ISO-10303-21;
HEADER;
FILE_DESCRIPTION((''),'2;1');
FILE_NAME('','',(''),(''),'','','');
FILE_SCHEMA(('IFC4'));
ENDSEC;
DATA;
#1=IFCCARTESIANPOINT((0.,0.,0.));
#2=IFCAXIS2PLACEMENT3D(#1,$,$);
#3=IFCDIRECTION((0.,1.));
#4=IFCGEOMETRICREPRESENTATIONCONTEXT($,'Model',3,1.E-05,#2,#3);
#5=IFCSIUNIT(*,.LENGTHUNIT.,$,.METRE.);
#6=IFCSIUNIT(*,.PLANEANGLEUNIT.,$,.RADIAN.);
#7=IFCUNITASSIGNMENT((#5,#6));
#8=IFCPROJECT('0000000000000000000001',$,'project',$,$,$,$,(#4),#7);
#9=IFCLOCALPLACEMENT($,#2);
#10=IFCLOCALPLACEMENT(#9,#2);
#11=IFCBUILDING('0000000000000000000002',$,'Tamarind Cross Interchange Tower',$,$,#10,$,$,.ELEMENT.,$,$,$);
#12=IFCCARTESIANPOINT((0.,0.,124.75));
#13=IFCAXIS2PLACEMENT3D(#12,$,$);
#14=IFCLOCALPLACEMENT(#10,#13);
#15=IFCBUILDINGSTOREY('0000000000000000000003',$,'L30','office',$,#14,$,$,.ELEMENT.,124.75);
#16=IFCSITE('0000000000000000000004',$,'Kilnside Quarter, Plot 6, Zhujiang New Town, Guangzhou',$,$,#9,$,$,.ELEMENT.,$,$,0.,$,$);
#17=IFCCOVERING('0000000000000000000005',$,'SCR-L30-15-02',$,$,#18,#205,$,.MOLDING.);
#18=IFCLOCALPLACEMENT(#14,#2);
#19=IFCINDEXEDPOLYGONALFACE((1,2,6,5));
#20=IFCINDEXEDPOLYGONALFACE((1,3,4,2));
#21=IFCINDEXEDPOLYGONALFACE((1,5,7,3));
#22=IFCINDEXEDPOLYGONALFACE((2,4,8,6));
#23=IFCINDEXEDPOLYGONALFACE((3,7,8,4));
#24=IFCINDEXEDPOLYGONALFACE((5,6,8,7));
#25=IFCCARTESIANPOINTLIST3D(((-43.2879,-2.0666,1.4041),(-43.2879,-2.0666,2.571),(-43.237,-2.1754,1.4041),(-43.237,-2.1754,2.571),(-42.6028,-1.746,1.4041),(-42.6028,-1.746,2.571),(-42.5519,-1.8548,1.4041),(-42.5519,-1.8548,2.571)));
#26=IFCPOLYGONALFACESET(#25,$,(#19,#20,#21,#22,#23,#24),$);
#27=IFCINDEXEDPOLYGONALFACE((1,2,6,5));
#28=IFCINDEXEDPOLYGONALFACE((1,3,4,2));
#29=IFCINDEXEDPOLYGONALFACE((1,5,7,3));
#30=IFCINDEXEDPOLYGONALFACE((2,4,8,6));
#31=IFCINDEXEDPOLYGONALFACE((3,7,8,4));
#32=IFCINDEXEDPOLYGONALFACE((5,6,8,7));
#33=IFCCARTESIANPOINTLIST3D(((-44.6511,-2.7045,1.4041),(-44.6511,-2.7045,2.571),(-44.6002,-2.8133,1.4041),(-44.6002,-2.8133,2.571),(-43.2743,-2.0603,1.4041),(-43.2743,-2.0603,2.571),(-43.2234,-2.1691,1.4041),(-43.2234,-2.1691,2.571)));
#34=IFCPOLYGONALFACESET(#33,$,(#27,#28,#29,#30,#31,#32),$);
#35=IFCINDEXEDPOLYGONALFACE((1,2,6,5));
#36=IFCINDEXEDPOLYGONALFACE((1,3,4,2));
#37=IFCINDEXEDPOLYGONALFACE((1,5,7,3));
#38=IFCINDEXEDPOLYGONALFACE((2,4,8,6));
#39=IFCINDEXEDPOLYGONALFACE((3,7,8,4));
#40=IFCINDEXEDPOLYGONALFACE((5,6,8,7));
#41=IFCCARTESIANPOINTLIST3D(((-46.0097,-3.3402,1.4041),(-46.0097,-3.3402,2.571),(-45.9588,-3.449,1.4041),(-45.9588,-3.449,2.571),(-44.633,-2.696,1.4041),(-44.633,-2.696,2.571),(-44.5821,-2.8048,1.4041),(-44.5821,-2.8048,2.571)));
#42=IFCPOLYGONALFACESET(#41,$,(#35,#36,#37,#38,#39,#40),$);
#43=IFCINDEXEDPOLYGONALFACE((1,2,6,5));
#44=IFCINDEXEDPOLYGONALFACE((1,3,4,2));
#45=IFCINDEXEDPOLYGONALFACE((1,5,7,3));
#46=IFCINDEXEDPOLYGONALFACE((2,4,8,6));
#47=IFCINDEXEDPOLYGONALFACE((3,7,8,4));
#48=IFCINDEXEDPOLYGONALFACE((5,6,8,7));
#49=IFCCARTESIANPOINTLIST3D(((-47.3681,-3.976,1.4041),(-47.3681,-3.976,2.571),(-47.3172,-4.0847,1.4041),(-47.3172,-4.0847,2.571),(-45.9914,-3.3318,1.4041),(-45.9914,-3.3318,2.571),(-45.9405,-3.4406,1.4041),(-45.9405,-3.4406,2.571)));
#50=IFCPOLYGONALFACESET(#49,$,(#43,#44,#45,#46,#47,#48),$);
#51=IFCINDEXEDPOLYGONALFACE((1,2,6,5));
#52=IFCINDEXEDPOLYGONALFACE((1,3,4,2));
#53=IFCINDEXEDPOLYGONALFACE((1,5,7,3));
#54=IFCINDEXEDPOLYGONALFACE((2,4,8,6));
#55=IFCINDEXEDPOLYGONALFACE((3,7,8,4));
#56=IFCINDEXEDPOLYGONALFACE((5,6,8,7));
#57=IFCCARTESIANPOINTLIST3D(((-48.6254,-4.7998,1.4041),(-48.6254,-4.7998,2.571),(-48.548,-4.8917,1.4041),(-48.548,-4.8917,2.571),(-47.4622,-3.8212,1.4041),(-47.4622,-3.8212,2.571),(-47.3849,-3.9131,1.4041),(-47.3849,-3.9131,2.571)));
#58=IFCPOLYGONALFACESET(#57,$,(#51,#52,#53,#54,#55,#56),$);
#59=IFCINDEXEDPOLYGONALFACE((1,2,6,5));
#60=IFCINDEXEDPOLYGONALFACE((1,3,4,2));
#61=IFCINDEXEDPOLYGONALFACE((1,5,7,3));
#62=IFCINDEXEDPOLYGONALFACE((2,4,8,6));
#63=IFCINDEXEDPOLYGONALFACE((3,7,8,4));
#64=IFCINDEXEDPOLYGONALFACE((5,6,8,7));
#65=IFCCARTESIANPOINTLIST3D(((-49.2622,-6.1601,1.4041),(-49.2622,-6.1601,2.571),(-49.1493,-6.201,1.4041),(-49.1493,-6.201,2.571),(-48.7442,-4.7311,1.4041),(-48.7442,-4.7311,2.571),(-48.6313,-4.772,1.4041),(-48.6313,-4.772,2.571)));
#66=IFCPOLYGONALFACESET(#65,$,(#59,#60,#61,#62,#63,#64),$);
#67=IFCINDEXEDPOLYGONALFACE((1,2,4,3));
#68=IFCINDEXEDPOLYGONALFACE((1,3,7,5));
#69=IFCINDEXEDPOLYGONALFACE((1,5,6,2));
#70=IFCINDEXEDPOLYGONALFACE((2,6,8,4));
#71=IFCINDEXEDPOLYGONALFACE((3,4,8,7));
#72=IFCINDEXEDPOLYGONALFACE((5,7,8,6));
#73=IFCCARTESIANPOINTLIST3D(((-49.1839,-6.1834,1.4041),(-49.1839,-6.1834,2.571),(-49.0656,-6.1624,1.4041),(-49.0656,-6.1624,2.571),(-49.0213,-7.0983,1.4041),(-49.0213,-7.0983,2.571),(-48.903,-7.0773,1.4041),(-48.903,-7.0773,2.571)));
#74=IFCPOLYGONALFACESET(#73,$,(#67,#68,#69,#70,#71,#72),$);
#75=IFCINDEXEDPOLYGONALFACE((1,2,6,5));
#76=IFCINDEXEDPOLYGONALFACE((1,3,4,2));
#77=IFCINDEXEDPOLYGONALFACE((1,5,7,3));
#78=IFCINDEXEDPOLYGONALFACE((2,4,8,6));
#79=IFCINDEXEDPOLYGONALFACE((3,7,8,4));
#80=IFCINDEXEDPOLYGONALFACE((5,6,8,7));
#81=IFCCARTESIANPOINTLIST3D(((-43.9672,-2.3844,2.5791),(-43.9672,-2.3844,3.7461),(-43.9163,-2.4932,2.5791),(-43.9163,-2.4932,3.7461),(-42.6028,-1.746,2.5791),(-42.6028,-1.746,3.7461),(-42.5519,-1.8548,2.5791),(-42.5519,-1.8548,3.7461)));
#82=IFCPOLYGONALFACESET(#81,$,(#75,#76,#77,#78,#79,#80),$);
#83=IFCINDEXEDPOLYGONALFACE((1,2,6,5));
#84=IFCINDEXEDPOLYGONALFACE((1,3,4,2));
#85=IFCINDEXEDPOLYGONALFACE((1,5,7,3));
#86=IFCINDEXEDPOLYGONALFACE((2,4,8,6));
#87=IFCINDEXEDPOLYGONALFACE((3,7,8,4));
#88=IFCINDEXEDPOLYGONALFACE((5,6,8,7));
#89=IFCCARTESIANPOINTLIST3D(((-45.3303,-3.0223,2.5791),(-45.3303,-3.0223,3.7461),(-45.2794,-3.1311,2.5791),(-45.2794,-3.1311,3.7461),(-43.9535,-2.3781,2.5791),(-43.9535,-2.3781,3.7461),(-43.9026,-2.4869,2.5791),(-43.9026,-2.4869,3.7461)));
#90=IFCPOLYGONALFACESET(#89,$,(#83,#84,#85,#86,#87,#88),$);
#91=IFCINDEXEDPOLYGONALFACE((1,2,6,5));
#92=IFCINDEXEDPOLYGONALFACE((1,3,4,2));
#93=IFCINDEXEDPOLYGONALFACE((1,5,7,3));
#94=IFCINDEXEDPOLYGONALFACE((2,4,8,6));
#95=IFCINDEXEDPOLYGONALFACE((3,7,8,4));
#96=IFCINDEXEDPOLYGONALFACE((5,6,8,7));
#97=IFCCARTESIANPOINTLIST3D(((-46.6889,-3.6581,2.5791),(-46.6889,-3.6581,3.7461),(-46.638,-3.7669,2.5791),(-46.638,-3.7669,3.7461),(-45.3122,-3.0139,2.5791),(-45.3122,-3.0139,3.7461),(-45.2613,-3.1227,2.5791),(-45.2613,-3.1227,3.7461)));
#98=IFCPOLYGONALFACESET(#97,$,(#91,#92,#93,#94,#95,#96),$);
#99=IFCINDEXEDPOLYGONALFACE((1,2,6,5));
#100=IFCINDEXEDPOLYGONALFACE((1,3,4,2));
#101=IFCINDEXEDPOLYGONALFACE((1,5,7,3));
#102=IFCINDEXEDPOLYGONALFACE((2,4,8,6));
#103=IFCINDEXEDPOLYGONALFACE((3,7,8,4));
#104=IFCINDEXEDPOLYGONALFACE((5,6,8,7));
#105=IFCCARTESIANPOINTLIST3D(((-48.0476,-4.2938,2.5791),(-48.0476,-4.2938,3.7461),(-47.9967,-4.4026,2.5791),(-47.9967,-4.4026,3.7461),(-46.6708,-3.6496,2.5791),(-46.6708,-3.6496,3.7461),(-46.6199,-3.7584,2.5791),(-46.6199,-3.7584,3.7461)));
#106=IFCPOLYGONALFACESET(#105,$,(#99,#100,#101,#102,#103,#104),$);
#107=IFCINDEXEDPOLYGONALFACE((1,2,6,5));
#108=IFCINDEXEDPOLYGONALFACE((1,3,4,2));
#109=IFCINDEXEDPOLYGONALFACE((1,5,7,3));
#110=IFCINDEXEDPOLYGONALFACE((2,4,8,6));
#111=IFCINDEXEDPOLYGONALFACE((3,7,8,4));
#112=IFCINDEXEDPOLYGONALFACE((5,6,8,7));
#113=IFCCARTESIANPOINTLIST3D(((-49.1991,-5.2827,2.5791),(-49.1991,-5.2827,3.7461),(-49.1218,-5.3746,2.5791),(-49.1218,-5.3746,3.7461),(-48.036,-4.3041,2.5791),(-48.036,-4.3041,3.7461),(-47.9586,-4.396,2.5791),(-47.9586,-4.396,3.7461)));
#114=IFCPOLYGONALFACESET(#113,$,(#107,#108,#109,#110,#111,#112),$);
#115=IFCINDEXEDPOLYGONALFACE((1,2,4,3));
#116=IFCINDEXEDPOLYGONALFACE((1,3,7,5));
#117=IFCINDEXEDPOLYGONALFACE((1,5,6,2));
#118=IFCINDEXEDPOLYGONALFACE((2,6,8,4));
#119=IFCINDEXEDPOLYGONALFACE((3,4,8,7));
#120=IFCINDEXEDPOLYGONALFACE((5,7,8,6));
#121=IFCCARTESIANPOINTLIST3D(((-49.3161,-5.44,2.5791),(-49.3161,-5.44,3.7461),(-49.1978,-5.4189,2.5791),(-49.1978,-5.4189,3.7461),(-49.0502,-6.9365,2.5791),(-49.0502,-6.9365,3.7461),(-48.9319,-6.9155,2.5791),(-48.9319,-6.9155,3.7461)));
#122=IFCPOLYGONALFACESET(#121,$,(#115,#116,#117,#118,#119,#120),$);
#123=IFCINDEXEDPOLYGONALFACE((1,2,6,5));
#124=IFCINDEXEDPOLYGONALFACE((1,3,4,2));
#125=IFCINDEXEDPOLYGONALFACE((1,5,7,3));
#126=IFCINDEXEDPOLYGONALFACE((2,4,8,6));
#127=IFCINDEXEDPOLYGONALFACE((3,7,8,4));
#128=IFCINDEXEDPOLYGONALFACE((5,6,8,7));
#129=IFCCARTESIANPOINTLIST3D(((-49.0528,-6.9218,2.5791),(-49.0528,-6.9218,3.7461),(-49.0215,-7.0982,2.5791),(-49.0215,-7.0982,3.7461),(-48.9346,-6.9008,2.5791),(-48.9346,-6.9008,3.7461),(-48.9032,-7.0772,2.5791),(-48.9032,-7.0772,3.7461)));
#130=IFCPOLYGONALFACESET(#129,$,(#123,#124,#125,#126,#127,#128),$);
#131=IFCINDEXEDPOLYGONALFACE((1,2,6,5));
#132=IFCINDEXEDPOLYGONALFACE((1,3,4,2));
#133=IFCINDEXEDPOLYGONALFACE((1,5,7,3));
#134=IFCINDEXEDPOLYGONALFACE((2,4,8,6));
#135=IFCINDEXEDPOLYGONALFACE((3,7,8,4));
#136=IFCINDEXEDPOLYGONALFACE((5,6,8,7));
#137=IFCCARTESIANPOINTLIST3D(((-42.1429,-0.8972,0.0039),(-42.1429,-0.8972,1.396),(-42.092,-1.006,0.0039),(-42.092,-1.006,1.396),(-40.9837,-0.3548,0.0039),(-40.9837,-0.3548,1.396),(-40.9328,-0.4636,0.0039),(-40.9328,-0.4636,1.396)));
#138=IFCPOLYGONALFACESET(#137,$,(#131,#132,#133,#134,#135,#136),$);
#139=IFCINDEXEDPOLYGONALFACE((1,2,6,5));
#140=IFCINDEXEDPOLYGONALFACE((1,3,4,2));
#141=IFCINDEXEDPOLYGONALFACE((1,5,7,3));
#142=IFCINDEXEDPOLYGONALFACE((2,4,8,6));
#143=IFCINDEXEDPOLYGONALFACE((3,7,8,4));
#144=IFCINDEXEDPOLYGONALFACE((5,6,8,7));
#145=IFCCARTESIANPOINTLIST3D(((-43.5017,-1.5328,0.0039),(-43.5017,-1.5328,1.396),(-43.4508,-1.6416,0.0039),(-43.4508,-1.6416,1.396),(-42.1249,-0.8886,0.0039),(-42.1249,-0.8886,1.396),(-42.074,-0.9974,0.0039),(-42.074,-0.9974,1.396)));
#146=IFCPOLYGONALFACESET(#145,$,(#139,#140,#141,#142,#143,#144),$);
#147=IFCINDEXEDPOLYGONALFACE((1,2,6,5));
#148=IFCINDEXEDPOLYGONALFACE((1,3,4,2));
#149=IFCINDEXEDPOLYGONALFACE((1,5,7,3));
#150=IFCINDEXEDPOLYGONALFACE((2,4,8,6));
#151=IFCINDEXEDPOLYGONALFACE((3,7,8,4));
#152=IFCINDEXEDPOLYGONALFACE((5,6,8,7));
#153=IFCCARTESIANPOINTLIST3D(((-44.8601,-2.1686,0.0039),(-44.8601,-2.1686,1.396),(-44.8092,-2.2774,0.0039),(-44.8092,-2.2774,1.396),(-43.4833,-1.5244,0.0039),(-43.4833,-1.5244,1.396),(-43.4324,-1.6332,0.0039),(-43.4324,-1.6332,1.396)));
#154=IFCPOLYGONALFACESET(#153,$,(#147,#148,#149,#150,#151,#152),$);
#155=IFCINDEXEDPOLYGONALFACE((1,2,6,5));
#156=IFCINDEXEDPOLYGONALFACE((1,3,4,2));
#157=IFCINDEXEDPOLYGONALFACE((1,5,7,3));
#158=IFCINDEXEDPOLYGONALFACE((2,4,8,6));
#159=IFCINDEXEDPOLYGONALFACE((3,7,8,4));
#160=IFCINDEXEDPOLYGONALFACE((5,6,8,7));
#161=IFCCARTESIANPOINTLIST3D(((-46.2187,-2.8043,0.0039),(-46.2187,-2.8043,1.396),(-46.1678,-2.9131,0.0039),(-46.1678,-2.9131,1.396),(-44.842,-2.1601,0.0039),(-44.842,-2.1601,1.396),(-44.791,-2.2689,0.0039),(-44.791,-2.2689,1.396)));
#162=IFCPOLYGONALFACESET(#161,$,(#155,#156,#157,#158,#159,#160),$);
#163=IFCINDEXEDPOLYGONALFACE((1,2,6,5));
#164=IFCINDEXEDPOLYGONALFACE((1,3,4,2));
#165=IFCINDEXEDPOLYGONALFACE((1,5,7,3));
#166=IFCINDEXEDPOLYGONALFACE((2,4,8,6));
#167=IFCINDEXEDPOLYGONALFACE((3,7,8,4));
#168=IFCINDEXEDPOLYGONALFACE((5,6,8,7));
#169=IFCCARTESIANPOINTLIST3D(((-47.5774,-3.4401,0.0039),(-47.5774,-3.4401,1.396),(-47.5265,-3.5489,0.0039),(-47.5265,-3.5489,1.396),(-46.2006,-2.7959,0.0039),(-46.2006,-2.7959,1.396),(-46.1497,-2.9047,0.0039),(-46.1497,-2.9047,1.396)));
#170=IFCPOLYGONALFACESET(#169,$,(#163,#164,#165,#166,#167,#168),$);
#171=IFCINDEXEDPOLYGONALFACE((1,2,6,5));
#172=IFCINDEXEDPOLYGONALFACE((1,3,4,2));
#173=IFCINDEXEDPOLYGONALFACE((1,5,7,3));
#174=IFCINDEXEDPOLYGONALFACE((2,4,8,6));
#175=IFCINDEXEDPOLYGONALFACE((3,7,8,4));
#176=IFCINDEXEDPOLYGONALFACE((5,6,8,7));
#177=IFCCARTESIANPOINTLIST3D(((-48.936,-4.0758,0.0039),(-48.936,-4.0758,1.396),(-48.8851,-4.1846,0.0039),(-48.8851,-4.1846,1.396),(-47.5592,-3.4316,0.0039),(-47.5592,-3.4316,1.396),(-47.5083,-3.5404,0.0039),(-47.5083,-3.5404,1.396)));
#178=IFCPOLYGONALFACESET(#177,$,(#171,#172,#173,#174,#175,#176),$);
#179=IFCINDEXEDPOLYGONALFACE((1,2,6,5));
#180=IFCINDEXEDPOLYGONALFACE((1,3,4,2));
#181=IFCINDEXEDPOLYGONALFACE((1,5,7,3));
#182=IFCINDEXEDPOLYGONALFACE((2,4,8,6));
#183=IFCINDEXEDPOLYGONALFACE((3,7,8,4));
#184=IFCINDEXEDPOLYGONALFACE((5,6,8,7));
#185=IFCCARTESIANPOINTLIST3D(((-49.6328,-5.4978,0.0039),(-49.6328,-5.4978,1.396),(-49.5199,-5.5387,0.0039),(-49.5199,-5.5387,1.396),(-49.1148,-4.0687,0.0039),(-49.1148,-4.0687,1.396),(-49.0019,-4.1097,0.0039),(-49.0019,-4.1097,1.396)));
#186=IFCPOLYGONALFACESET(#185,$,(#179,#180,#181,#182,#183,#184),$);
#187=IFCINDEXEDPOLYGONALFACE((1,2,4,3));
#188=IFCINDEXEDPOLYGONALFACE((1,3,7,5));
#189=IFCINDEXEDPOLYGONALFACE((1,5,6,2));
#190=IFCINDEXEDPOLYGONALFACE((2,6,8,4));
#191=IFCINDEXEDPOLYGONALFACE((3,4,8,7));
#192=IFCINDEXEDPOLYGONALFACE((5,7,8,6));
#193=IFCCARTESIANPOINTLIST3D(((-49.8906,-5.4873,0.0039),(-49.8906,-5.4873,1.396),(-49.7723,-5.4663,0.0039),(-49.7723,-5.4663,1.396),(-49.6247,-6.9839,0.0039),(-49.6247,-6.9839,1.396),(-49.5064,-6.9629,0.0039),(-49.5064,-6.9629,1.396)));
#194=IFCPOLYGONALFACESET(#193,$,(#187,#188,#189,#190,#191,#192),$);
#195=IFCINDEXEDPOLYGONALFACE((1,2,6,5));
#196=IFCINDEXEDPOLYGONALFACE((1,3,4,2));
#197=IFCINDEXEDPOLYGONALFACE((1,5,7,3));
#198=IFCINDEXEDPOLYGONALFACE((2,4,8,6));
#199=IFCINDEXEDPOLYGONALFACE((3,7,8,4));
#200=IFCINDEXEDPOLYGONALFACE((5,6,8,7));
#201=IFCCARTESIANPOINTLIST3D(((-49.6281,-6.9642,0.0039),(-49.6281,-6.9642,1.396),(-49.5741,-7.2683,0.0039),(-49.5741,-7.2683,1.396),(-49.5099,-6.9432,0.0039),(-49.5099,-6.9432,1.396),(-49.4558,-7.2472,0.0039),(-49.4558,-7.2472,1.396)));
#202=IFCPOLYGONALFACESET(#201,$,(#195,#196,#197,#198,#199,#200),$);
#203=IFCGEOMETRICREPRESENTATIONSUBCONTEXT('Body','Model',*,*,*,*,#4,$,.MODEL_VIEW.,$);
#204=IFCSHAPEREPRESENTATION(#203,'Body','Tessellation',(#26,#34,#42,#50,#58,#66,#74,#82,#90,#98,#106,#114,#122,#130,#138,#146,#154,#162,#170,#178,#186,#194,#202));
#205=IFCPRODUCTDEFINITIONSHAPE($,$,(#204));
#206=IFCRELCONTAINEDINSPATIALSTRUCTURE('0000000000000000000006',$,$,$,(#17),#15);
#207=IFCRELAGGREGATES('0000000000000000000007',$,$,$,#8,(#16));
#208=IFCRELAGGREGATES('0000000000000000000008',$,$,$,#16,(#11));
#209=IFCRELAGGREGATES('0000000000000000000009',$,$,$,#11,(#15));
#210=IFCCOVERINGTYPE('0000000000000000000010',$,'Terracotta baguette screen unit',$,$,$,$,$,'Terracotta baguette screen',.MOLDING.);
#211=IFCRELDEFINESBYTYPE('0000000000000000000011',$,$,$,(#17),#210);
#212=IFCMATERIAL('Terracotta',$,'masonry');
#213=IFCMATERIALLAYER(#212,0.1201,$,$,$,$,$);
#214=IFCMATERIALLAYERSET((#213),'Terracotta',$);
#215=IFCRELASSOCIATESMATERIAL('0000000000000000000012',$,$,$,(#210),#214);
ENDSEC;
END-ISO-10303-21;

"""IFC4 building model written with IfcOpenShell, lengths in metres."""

from ifc_helpers import new_model, si_unit, direction, frame, origin, origin_2d, place, context, subcontext, project, spatial, rectangle, extrude, material, layer, layer_set, type_object, element, save


model = new_model("IFC4")

# Units and contexts
model_context = context("Model", 3, precision=1e-05, world=origin(), true_north=direction((0.0, 1.0)))
body_context = subcontext(model_context, "Body", "Model", "MODEL_VIEW")
ifc_project = project(units=[si_unit("LENGTHUNIT", "METRE"), si_unit("PLANEANGLEUNIT", "RADIAN")], contexts=[model_context])

# Site, building, storey
site_placement = place(None, origin())
site = spatial("IfcSite", under=ifc_project, at=site_placement, Name="Kilnside Quarter, Plot 6, Zhujiang New Town, Guangzhou", CompositionType="ELEMENT", RefElevation=0.0)
building_placement = place(site_placement, origin())
building = spatial("IfcBuilding", under=site, at=building_placement, Name="Tamarind Cross Interchange Tower", CompositionType="ELEMENT")
storey_placement = place(building_placement, frame((0.0, 0.0, 124.75)))
storey = spatial("IfcBuildingStorey", under=building, at=storey_placement, Name="L30", Description="office", CompositionType="ELEMENT", Elevation=124.75)

# Covering
ifc_material_1 = material(Name="Terracotta", Category="masonry")
ifc_layer_1 = layer(ifc_material_1, 0.1201)
ifc_layer_set_1 = layer_set([ifc_layer_1], Name="Terracotta")
covering_type = type_object("IfcCoveringType", Name="Terracotta baguette screen unit", ElementType="Terracotta baguette screen", PredefinedType="MOLDING", material=ifc_layer_set_1)
covering_1_placement = place(storey_placement, origin())
element("IfcCovering", 1, at=covering_1_placement, inside=storey, type_object=covering_type, Name="SCR-L30-15-02", PredefinedType="MOLDING", context=body_context, shape_type="SweptSolid", body=[
    extrude(rectangle(XDim=0.7563, YDim=0.1201, at=origin_2d()), frame((-42.9199, -1.9607, 1.4041), z_axis=(0.0, 0.0, 1.0), x_axis=(-0.905752, -0.423807, 0.0)), (0.0, 0.0, 1.0), 1.167),
    extrude(rectangle(XDim=1.52, YDim=0.1201, at=origin_2d()), frame((-43.9373, -2.4368, 1.4041), z_axis=(0.0, 0.0, 1.0), x_axis=(-0.905752, -0.423807, 0.0)), (0.0, 0.0, 1.0), 1.167),
    extrude(rectangle(XDim=1.52, YDim=0.1201, at=origin_2d()), frame((-45.2959, -3.0725, 1.4041), z_axis=(0.0, 0.0, 1.0), x_axis=(-0.905752, -0.423807, 0.0)), (0.0, 0.0, 1.0), 1.167),
    extrude(rectangle(XDim=1.52, YDim=0.1201, at=origin_2d()), frame((-46.6543, -3.7083, 1.4041), z_axis=(0.0, 0.0, 1.0), x_axis=(-0.905752, -0.423807, 0.0)), (0.0, 0.0, 1.0), 1.167),
    extrude(rectangle(XDim=1.52, YDim=0.1201, at=origin_2d()), frame((-48.0051, -4.3564, 1.4041), z_axis=(0.0, 0.0, 1.0), x_axis=(-0.7652, -0.643792, 0.0)), (0.0, 0.0, 1.0), 1.167),
    extrude(rectangle(XDim=1.52, YDim=0.1201, at=origin_2d()), frame((-48.9468, -5.4661, 1.4041), z_axis=(0.0, 0.0, 1.0), x_axis=(-0.340787, -0.940141, 0.0)), (0.0, 0.0, 1.0), 1.167),
    extrude(rectangle(XDim=0.9292, YDim=0.1201, at=origin_2d()), frame((-49.0435, -6.6304, 1.4041), z_axis=(0.0, 0.0, 1.0), x_axis=(0.174941, -0.984579, 0.0)), (0.0, 0.0, 1.0), 1.167),
    extrude(rectangle(XDim=1.5063, YDim=0.1201, at=origin_2d()), frame((-43.2595, -2.1196, 2.5791), z_axis=(0.0, 0.0, 1.0), x_axis=(-0.905752, -0.423807, 0.0)), (0.0, 0.0, 1.0), 1.167),
    extrude(rectangle(XDim=1.52, YDim=0.1201, at=origin_2d()), frame((-44.6165, -2.7546, 2.5791), z_axis=(0.0, 0.0, 1.0), x_axis=(-0.905752, -0.423807, 0.0)), (0.0, 0.0, 1.0), 1.167),
    extrude(rectangle(XDim=1.52, YDim=0.1201, at=origin_2d()), frame((-45.9751, -3.3904, 2.5791), z_axis=(0.0, 0.0, 1.0), x_axis=(-0.905752, -0.423807, 0.0)), (0.0, 0.0, 1.0), 1.167),
    extrude(rectangle(XDim=1.52, YDim=0.1201, at=origin_2d()), frame((-47.3337, -4.0261, 2.5791), z_axis=(0.0, 0.0, 1.0), x_axis=(-0.905752, -0.423807, 0.0)), (0.0, 0.0, 1.0), 1.167),
    extrude(rectangle(XDim=1.52, YDim=0.1201, at=origin_2d()), frame((-48.5789, -4.8394, 2.5791), z_axis=(0.0, 0.0, 1.0), x_axis=(-0.7652, -0.643792, 0.0)), (0.0, 0.0, 1.0), 1.167),
    extrude(rectangle(XDim=1.52, YDim=0.1201, at=origin_2d()), frame((-49.124, -6.1777, 2.5791), z_axis=(0.0, 0.0, 1.0), x_axis=(0.174941, -0.984579, 0.0)), (0.0, 0.0, 1.0), 1.167),
    extrude(rectangle(XDim=0.1792, YDim=0.1201, at=origin_2d()), frame((-48.978, -6.9995, 2.5791), z_axis=(0.0, 0.0, 1.0), x_axis=(0.174941, -0.984579, 0.0)), (0.0, 0.0, 1.0), 1.167),
    extrude(rectangle(XDim=1.2798, YDim=0.1201, at=origin_2d()), frame((-41.5378, -0.6804, 0.0039), z_axis=(0.0, 0.0, 1.0), x_axis=(-0.905752, -0.423807, 0.0)), (0.0, 0.0, 1.0), 1.3921),
    extrude(rectangle(XDim=1.52, YDim=0.1201, at=origin_2d()), frame((-42.7878, -1.2651, 0.0039), z_axis=(0.0, 0.0, 1.0), x_axis=(-0.905752, -0.423807, 0.0)), (0.0, 0.0, 1.0), 1.3921),
    extrude(rectangle(XDim=1.52, YDim=0.1201, at=origin_2d()), frame((-44.1462, -1.9009, 0.0039), z_axis=(0.0, 0.0, 1.0), x_axis=(-0.905752, -0.423807, 0.0)), (0.0, 0.0, 1.0), 1.3921),
    extrude(rectangle(XDim=1.52, YDim=0.1201, at=origin_2d()), frame((-45.5049, -2.5366, 0.0039), z_axis=(0.0, 0.0, 1.0), x_axis=(-0.905752, -0.423807, 0.0)), (0.0, 0.0, 1.0), 1.3921),
    extrude(rectangle(XDim=1.52, YDim=0.1201, at=origin_2d()), frame((-46.8635, -3.1724, 0.0039), z_axis=(0.0, 0.0, 1.0), x_axis=(-0.905752, -0.423807, 0.0)), (0.0, 0.0, 1.0), 1.3921),
    extrude(rectangle(XDim=1.52, YDim=0.1201, at=origin_2d()), frame((-48.2222, -3.8081, 0.0039), z_axis=(0.0, 0.0, 1.0), x_axis=(-0.905752, -0.423807, 0.0)), (0.0, 0.0, 1.0), 1.3921),
    extrude(rectangle(XDim=1.52, YDim=0.1201, at=origin_2d()), frame((-49.3174, -4.8037, 0.0039), z_axis=(0.0, 0.0, 1.0), x_axis=(-0.340787, -0.940141, 0.0)), (0.0, 0.0, 1.0), 1.3921),
    extrude(rectangle(XDim=1.52, YDim=0.1201, at=origin_2d()), frame((-49.6985, -6.2251, 0.0039), z_axis=(0.0, 0.0, 1.0), x_axis=(0.174941, -0.984579, 0.0)), (0.0, 0.0, 1.0), 1.3921),
    extrude(rectangle(XDim=0.3088, YDim=0.1201, at=origin_2d()), frame((-49.542, -7.1057, 0.0039), z_axis=(0.0, 0.0, 1.0), x_axis=(0.174941, -0.984579, 0.0)), (0.0, 0.0, 1.0), 1.3921),
])

save(model, "model.ifc")
